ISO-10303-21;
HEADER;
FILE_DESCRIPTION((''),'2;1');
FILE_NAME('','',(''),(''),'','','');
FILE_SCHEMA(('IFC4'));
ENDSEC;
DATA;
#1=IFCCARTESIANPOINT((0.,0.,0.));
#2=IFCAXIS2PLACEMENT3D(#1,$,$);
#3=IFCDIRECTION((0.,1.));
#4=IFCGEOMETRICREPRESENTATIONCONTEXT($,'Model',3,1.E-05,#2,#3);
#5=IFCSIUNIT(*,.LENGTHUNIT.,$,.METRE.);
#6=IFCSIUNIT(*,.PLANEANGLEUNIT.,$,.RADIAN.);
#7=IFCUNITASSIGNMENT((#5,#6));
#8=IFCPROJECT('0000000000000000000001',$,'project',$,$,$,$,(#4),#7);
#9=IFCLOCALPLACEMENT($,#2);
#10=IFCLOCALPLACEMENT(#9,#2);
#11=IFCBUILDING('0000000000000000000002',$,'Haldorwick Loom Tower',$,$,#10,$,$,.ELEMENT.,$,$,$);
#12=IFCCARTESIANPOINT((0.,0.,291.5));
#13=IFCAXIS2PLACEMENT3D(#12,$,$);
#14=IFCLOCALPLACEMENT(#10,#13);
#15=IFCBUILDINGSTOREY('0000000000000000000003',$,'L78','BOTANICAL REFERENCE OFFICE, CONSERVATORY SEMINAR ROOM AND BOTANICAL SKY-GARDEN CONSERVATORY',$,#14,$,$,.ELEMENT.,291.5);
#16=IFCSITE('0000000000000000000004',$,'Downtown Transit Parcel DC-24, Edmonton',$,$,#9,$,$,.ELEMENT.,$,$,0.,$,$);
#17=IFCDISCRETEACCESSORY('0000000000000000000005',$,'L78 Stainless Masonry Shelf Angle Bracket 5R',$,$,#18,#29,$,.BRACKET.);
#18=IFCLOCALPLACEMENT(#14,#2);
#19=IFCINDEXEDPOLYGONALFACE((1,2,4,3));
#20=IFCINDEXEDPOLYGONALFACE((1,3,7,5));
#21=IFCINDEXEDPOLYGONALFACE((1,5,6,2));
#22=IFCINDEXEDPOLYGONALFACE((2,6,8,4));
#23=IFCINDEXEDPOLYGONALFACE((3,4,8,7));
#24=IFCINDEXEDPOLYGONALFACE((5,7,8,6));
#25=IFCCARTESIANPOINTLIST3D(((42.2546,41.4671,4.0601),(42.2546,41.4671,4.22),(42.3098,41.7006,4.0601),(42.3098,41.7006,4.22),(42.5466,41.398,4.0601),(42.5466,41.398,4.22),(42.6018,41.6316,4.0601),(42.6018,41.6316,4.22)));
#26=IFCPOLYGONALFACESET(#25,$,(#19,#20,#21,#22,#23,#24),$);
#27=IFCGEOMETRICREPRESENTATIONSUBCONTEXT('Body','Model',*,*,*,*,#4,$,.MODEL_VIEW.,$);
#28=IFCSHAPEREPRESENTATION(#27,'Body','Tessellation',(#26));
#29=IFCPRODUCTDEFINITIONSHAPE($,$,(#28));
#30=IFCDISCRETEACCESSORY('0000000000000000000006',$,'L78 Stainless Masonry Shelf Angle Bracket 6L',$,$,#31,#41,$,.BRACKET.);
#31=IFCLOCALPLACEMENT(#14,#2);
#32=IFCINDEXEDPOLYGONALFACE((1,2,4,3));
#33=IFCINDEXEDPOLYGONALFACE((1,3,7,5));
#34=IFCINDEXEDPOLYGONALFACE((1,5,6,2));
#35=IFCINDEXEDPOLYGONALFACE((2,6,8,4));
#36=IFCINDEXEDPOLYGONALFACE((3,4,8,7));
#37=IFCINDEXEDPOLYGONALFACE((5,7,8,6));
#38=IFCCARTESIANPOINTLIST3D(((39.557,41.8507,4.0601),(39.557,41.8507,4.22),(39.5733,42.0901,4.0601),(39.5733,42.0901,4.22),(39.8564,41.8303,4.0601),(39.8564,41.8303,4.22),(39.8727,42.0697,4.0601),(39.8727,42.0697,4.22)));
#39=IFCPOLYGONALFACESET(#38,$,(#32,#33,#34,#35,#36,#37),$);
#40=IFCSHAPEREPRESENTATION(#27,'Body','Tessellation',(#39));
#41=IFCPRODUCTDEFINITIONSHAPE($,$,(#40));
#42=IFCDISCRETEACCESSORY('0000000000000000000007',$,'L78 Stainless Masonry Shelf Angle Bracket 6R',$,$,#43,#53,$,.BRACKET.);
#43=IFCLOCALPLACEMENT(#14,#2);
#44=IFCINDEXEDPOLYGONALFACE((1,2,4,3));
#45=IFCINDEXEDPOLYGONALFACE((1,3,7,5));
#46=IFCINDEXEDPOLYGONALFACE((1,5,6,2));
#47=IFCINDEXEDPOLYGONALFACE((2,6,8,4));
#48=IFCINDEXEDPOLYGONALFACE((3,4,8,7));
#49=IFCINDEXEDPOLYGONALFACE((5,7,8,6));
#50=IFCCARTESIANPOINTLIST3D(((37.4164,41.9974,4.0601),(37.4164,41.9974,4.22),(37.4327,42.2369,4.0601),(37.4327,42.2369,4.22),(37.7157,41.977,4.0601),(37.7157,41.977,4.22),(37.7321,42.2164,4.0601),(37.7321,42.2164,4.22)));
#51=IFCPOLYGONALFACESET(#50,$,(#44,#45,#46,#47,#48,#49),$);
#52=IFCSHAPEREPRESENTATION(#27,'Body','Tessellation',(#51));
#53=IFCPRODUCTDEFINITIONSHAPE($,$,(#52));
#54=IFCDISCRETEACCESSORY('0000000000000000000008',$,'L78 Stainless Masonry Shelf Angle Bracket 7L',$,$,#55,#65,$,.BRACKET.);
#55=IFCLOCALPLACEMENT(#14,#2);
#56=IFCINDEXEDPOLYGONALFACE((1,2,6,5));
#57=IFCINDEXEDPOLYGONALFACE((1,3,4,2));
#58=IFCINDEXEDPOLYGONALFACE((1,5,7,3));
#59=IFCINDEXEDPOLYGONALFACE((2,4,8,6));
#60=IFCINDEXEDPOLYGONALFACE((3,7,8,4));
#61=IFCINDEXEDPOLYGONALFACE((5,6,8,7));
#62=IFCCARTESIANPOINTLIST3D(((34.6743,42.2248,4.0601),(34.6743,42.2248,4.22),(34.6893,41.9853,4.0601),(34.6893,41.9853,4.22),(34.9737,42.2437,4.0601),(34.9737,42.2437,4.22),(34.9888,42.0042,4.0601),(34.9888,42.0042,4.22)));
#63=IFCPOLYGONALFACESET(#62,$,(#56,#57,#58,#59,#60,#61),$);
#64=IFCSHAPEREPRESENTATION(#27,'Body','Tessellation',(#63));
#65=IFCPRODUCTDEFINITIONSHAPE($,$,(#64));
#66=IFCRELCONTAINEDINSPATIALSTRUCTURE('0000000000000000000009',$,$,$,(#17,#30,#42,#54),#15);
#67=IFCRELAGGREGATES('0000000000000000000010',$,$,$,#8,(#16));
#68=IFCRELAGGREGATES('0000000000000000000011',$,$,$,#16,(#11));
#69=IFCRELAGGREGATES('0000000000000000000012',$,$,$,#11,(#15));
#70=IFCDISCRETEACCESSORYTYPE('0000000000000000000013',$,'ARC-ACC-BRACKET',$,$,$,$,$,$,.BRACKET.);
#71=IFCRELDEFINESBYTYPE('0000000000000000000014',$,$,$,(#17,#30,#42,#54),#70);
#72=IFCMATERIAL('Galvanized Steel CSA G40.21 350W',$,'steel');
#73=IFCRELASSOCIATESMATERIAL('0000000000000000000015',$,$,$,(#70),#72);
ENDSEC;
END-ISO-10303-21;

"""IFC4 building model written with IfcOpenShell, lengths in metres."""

from ifc_helpers import new_model, si_unit, direction, frame, origin, origin_2d, place, context, subcontext, project, spatial, rectangle, extrude, material, type_object, element, save


model = new_model("IFC4")

# Units and contexts
model_context = context("Model", 3, precision=1e-05, world=origin(), true_north=direction((0.0, 1.0)))
body_context = subcontext(model_context, "Body", "Model", "MODEL_VIEW")
ifc_project = project(units=[si_unit("LENGTHUNIT", "METRE"), si_unit("PLANEANGLEUNIT", "RADIAN")], contexts=[model_context])

# Site, building, storey
site_placement = place(None, origin())
site = spatial("IfcSite", under=ifc_project, at=site_placement, Name="Downtown Transit Parcel DC-24, Edmonton", CompositionType="ELEMENT", RefElevation=0.0)
building_placement = place(site_placement, origin())
building = spatial("IfcBuilding", under=site, at=building_placement, Name="Haldorwick Loom Tower", CompositionType="ELEMENT")
storey_placement = place(building_placement, frame((0.0, 0.0, 291.5)))
storey = spatial("IfcBuildingStorey", under=building, at=storey_placement, Name="L78", Description="BOTANICAL REFERENCE OFFICE, CONSERVATORY SEMINAR ROOM AND BOTANICAL SKY-GARDEN CONSERVATORY", CompositionType="ELEMENT", Elevation=291.5)

# Discrete accessories
ifc_material_1 = material(Name="Galvanized Steel CSA G40.21 350W", Category="steel")
discrete_accessory_type = type_object("IfcDiscreteAccessoryType", Name="ARC-ACC-BRACKET", PredefinedType="BRACKET", material=ifc_material_1)
for number, where, z_axis, x_axis, name in (
    (1, (42.4282, 41.5493, 4.0601), (0.0, 0.0, 1.0), (-0.973179, 0.23005, 0.0), "L78 Stainless Masonry Shelf Angle Bracket 5R"),
    (2, (39.7148, 41.9602, 4.0601), (0.0, 0.0, 1.0), (-0.997684, 0.068015, 0.0), "L78 Stainless Masonry Shelf Angle Bracket 6L"),
    (3, (37.5742, 42.1069, 4.0601), (0.0, 0.0, 1.0), (-0.997684, 0.068015, 0.0), "L78 Stainless Masonry Shelf Angle Bracket 6R"),
    (4, (34.8315, 42.1145, 4.0601), (0.0, 0.0, 1.0), (-0.998027, -0.062791, 0.0), "L78 Stainless Masonry Shelf Angle Bracket 7L"),
):
    element("IfcDiscreteAccessory", number, at=place(storey_placement, frame(where, z_axis=z_axis, x_axis=x_axis)), inside=storey, type_object=discrete_accessory_type, Name=name, PredefinedType="BRACKET", context=body_context, shape_type="SweptSolid", body=[
        extrude(rectangle(XDim=0.3, YDim=0.24, at=origin_2d()), origin(), (0.0, 0.0, 1.0), 0.1599),
    ])

save(model, "model.ifc")
